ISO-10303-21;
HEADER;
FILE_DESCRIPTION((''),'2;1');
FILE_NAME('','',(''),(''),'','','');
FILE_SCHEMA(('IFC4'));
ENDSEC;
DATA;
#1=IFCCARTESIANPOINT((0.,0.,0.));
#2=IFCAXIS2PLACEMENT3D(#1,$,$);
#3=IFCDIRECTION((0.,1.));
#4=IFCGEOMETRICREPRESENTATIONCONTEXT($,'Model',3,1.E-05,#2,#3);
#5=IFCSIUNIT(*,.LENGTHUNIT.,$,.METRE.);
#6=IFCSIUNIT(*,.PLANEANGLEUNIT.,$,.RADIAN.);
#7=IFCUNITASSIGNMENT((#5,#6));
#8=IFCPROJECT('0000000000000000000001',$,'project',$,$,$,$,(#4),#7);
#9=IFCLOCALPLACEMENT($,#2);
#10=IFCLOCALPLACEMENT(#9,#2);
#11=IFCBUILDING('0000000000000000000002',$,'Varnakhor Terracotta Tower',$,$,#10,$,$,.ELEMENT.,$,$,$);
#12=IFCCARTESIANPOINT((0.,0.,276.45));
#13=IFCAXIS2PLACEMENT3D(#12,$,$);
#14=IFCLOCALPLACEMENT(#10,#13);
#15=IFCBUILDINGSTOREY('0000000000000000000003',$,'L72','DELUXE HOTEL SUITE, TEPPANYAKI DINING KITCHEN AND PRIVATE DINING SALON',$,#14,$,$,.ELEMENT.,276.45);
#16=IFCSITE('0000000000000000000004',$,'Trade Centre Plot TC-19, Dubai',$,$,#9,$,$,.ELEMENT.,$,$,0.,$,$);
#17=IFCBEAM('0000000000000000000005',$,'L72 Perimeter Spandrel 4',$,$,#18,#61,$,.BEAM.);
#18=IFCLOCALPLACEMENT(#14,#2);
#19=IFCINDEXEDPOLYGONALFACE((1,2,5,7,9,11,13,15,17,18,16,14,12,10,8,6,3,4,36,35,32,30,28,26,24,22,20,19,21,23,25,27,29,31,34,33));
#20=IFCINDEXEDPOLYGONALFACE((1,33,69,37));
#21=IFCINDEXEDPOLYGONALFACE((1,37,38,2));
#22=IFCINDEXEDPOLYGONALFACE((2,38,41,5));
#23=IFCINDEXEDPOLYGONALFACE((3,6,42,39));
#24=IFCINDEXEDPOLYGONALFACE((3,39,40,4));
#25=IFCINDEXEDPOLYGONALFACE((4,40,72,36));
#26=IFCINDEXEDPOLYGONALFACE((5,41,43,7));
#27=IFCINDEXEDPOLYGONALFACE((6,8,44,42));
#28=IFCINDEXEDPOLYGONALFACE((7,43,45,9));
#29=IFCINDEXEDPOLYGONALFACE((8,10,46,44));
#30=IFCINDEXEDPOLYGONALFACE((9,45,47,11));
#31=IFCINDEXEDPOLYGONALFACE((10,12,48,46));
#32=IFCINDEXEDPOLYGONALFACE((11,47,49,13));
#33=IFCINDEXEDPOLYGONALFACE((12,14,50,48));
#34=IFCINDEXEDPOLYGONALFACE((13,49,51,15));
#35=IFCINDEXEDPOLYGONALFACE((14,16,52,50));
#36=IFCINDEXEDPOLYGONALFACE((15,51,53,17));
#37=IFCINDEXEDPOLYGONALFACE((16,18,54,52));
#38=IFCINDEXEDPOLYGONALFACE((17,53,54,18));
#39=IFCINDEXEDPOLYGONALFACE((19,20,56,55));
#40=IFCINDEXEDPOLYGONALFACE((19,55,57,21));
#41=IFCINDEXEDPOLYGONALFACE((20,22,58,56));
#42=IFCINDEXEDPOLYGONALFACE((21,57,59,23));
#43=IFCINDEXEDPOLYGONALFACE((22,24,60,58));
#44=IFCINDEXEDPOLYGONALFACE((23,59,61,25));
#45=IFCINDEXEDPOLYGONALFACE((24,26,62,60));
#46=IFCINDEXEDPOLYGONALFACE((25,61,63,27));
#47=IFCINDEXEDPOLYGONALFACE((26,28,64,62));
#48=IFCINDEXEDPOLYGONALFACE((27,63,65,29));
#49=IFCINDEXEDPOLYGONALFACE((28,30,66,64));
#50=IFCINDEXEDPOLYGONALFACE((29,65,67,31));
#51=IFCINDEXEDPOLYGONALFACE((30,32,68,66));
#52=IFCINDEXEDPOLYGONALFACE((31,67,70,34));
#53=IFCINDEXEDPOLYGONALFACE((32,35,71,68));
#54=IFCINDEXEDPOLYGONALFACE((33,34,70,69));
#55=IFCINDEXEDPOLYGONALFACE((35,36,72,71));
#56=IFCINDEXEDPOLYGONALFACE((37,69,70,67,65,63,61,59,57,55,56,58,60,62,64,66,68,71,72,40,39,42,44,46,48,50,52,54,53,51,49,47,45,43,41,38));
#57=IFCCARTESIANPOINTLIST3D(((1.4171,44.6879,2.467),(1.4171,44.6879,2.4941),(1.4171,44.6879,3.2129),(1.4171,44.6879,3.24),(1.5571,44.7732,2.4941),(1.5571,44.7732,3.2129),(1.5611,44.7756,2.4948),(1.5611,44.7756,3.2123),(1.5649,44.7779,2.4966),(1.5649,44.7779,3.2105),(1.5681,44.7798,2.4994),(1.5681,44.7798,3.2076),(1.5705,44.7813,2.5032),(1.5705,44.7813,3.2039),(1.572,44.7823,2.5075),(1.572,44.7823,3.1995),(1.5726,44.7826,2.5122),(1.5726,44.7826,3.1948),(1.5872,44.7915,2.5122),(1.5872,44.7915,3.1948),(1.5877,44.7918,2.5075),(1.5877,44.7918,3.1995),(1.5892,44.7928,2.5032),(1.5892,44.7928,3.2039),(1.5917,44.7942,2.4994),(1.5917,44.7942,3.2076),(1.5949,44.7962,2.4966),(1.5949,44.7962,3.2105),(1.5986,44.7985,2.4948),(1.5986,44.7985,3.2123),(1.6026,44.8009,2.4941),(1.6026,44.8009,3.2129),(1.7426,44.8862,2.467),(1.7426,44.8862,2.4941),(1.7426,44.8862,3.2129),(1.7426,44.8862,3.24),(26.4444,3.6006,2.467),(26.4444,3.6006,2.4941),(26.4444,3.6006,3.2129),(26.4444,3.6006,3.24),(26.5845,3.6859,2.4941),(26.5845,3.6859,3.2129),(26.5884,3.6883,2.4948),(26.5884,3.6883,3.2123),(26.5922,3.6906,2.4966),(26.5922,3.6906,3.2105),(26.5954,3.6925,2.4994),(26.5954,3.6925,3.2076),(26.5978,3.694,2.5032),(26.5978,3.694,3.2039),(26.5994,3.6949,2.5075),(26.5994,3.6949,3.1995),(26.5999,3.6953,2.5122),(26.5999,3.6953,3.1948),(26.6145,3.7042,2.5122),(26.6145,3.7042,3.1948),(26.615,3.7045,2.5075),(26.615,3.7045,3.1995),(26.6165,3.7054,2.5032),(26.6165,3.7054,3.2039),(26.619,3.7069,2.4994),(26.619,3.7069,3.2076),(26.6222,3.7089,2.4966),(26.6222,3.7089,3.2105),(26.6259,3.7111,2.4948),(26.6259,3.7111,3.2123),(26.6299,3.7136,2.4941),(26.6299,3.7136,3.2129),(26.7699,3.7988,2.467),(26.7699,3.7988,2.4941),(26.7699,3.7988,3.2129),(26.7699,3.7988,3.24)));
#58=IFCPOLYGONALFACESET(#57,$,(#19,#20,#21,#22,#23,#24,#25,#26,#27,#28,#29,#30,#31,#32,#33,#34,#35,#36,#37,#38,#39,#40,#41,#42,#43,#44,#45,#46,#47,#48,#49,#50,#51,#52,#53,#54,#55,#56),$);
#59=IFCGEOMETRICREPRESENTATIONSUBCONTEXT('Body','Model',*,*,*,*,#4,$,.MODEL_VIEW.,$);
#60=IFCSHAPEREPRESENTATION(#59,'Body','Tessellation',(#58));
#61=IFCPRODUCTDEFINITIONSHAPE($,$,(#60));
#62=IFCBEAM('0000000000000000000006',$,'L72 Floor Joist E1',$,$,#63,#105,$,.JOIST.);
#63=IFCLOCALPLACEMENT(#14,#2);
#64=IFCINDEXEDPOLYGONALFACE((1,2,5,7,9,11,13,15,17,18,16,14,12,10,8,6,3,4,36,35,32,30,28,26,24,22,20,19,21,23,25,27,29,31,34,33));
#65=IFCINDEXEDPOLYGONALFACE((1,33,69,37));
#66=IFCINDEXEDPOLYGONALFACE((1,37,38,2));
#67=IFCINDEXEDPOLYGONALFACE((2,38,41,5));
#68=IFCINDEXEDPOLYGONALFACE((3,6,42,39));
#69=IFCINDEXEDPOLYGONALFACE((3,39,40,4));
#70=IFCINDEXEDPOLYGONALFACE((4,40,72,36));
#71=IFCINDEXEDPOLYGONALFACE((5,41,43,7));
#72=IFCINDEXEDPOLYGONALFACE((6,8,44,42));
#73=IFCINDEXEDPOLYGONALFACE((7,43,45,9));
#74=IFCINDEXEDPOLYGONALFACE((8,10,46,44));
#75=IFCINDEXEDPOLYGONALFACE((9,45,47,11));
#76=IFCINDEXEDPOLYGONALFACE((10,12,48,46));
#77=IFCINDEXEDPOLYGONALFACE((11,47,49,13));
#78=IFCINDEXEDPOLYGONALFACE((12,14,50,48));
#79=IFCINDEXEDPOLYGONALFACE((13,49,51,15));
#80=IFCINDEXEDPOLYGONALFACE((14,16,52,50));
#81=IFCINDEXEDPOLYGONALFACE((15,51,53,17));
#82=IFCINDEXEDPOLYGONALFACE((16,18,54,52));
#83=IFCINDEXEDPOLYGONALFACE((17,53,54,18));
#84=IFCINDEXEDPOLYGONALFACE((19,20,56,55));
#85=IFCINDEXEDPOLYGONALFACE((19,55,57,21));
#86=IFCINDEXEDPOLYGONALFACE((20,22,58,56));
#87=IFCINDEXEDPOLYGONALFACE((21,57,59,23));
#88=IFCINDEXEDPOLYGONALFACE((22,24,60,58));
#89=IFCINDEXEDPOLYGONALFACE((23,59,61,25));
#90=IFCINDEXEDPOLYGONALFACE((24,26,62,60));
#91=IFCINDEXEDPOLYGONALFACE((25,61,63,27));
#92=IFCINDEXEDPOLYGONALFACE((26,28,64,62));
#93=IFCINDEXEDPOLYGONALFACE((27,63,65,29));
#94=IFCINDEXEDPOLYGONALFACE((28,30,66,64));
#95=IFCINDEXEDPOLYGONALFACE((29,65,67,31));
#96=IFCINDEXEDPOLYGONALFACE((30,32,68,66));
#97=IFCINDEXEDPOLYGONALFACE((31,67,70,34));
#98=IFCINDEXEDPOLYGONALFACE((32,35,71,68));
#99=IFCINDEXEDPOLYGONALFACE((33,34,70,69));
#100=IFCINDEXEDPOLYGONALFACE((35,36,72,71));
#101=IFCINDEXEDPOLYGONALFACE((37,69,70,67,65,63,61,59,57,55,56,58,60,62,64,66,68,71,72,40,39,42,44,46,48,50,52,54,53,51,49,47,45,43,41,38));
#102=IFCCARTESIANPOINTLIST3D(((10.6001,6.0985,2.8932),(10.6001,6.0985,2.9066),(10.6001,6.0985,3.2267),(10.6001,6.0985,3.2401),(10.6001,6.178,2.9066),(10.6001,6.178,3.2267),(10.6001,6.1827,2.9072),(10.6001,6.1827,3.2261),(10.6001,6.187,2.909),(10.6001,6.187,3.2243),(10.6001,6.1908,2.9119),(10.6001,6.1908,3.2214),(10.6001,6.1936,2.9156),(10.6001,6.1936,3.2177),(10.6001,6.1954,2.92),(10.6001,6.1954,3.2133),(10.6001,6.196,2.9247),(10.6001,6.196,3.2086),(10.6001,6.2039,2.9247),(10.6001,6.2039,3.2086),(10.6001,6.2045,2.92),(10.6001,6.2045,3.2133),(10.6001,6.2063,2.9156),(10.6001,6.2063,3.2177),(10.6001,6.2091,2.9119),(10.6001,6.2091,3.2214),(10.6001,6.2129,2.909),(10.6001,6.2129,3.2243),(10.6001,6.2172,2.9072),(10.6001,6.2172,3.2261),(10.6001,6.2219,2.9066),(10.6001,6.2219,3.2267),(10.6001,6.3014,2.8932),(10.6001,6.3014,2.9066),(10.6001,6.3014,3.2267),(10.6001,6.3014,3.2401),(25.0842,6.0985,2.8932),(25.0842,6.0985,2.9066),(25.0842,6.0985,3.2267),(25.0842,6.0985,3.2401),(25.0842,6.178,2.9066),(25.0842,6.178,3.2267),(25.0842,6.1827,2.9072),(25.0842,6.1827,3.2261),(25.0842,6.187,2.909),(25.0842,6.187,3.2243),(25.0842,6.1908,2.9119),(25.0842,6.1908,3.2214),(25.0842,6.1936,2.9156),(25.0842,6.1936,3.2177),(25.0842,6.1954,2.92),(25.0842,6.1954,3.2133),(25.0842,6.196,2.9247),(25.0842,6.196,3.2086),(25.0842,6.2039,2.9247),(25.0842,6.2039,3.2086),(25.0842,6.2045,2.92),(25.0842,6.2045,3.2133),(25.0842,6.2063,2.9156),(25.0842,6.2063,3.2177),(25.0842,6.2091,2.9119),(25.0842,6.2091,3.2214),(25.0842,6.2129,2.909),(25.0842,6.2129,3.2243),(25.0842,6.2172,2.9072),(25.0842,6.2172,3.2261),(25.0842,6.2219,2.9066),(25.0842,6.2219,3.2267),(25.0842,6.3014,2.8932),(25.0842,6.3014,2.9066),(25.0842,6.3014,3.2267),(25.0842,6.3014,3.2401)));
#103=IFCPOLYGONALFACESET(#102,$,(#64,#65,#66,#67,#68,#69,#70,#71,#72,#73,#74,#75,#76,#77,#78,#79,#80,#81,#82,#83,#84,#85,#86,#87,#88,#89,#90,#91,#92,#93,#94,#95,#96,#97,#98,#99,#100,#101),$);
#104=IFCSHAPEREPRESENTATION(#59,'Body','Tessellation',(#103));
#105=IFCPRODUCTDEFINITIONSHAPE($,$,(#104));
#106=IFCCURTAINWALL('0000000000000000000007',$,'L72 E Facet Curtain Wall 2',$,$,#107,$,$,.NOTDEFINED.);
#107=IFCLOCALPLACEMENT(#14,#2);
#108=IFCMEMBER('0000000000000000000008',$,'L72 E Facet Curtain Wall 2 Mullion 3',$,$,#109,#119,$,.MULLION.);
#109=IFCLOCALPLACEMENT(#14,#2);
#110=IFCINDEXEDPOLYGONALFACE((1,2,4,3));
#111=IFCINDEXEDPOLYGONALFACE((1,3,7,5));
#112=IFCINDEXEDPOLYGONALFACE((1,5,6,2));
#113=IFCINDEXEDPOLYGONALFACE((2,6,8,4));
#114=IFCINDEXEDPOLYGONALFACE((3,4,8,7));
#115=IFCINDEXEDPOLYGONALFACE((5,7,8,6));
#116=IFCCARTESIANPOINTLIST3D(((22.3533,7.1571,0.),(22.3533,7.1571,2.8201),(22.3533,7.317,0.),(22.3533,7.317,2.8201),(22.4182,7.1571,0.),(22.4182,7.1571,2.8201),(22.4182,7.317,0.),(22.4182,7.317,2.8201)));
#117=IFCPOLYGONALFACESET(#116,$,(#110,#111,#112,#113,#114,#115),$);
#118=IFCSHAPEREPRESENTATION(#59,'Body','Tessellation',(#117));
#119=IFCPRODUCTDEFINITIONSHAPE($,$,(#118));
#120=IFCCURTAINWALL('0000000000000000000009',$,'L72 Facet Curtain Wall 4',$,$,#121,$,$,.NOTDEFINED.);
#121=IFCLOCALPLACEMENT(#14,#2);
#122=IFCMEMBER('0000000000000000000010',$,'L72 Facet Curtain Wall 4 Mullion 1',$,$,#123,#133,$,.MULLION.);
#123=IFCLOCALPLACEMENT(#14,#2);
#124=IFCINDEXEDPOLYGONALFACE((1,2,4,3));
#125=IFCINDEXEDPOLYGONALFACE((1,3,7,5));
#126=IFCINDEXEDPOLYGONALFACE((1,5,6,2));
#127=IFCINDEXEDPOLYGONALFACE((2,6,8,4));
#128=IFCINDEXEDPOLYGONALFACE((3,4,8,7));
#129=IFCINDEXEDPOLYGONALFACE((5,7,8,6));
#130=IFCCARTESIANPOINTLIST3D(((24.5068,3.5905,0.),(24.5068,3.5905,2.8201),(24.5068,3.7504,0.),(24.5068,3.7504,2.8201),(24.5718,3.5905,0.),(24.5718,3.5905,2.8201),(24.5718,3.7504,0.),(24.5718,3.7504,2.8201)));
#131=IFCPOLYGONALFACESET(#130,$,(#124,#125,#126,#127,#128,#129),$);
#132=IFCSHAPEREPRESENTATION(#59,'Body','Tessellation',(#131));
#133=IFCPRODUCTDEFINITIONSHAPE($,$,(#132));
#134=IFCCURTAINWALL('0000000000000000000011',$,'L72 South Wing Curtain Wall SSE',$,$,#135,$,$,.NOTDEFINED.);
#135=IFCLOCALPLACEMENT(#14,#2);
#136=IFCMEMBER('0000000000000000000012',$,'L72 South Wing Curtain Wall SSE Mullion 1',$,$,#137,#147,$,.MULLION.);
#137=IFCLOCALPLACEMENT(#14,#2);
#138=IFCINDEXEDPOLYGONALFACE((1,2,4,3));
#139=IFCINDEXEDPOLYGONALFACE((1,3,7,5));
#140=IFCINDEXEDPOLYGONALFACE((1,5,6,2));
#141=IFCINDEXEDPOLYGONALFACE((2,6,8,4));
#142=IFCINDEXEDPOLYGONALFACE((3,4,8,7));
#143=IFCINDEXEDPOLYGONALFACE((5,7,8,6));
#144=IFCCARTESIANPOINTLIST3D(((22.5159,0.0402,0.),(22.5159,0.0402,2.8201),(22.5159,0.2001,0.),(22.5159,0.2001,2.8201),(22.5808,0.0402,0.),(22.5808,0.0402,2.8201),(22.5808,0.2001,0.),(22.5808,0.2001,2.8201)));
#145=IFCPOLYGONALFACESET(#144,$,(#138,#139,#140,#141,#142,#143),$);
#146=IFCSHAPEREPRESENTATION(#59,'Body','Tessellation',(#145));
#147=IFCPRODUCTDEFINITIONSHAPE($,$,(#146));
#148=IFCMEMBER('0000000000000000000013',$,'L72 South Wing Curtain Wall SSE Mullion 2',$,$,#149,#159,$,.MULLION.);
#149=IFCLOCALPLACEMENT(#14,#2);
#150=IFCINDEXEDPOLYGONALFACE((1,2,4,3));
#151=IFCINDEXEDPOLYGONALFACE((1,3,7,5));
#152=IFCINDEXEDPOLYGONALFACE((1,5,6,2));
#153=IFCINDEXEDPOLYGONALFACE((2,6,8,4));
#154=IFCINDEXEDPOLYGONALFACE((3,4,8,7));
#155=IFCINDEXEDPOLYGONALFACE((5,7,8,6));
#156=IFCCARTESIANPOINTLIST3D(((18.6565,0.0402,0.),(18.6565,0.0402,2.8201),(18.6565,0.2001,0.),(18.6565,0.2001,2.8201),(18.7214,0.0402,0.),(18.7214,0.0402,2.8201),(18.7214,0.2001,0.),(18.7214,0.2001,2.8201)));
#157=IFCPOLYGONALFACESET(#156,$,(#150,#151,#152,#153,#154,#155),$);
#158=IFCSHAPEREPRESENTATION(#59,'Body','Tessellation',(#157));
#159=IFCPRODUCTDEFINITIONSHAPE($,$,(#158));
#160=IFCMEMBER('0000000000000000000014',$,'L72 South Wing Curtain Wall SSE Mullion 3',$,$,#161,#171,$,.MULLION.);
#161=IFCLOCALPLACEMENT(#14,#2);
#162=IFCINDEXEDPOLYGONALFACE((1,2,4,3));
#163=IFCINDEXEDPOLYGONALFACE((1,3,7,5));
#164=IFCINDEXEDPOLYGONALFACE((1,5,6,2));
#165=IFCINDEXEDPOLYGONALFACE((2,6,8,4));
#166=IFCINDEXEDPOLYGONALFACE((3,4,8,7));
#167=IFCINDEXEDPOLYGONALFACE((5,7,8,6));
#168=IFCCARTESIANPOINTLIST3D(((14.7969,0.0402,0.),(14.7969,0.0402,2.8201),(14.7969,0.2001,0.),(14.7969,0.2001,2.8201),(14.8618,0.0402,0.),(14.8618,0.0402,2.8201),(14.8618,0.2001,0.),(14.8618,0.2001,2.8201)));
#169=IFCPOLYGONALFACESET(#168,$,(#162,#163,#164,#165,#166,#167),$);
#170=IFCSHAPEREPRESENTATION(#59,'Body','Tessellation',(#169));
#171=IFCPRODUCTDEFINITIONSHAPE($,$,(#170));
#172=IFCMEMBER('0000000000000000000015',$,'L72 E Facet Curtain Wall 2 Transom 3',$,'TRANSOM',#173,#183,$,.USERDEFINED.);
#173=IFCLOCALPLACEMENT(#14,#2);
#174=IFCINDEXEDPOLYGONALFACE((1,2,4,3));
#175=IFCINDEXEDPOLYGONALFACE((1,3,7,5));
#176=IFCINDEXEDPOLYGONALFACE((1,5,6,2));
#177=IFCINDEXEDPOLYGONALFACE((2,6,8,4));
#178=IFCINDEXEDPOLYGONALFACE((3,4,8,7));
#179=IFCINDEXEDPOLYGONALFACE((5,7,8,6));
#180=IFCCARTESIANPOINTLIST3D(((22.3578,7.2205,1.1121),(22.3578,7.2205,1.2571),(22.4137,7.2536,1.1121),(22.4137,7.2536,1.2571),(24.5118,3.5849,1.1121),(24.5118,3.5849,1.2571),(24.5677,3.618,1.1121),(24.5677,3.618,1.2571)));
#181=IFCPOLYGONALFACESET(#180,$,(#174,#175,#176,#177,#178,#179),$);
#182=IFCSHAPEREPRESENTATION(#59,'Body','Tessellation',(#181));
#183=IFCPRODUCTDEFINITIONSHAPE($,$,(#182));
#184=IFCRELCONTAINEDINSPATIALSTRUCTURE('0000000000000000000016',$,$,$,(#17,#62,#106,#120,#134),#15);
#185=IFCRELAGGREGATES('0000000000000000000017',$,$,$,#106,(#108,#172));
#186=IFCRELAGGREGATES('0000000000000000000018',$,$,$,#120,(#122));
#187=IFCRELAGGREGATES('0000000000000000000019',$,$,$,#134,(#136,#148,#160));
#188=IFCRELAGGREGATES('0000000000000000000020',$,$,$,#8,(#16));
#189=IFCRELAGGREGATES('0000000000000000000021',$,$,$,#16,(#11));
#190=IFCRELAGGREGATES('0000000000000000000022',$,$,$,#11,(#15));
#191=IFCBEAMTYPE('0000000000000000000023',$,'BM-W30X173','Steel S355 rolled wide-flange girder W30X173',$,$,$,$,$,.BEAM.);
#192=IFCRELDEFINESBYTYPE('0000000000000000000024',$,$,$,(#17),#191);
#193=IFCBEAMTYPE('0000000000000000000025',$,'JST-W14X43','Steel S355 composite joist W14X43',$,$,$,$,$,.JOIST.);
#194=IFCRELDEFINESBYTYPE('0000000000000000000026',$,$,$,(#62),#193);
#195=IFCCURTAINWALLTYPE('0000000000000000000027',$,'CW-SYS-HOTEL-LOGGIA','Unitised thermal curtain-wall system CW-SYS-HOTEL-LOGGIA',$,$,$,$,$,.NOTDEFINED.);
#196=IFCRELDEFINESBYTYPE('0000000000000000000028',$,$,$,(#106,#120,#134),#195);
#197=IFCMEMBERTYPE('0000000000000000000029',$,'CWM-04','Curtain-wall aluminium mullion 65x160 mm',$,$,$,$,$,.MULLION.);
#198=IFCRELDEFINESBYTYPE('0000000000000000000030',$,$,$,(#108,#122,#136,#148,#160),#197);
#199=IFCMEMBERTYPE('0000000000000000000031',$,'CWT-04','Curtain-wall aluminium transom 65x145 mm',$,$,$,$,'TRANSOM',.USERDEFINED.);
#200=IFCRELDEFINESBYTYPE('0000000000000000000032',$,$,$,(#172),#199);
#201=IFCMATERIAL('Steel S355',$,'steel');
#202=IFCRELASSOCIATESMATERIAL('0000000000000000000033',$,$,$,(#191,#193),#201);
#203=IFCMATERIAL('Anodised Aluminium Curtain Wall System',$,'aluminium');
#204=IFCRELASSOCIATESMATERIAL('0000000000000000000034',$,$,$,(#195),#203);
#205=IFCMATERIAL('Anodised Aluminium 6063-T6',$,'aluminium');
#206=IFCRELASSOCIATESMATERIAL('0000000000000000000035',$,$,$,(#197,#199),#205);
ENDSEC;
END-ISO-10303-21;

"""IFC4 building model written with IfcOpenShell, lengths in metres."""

from ifc_helpers import new_model, si_unit, direction, frame, origin, origin_2d, place, context, subcontext, project, spatial, rectangle, i_section, extrude, source, transform, mapped, material, material_profile, profile_set, type_object, type_shapes, element, aggregate, save


model = new_model("IFC4")

# Units and contexts
model_context = context("Model", 3, precision=1e-05, world=origin(), true_north=direction((0.0, 1.0)))
body_context = subcontext(model_context, "Body", "Model", "MODEL_VIEW")
ifc_project = project(units=[si_unit("LENGTHUNIT", "METRE"), si_unit("PLANEANGLEUNIT", "RADIAN")], contexts=[model_context])

# Site, building, storey
site_placement = place(None, origin())
site = spatial("IfcSite", under=ifc_project, at=site_placement, Name="Trade Centre Plot TC-19, Dubai", CompositionType="ELEMENT", RefElevation=0.0)
building_placement = place(site_placement, origin())
building = spatial("IfcBuilding", under=site, at=building_placement, Name="Varnakhor Terracotta Tower", CompositionType="ELEMENT")
storey_placement = place(building_placement, frame((0.0, 0.0, 276.45)))
storey = spatial("IfcBuildingStorey", under=building, at=storey_placement, Name="L72", Description="DELUXE HOTEL SUITE, TEPPANYAKI DINING KITCHEN AND PRIVATE DINING SALON", CompositionType="ELEMENT", Elevation=276.45)

# Shared definitions
ifc_material_1 = material(Name="Steel S355", Category="steel")

# Beams
ifc_material_profile_1 = material_profile(ifc_material_1, i_section(OverallWidth=0.3811, OverallDepth=0.7729, WebThickness=0.0171, FlangeThickness=0.0271, FilletRadius=0.0181, at=origin_2d()), Name="W30X173")
ifc_profile_set_1 = profile_set([ifc_material_profile_1], Name="Steel S355")
beam_type_1 = type_object("IfcBeamType", Name="BM-W30X173", Description="Steel S355 rolled wide-flange girder W30X173", PredefinedType="BEAM", material=ifc_profile_set_1)
shared_shape_1 = source(origin(), body_context, "Body", "SweptSolid", [
    extrude(i_section(OverallWidth=0.3811, OverallDepth=0.7729, WebThickness=0.0171, FlangeThickness=0.0271, FilletRadius=0.0181, at=origin_2d()), origin(), (0.0, 0.0, 1.0), 48.1096),
])
beam_1_placement = place(storey_placement, frame((26.6072, 3.6997, 2.8535), z_axis=(-0.520214, 0.854036, 0.0), x_axis=(-0.854036, -0.520214, 0.0)))
element("IfcBeam", 1, at=beam_1_placement, inside=storey, type_object=beam_type_1, Name="L72 Perimeter Spandrel 4", PredefinedType="BEAM", context=body_context, shape_type="MappedRepresentation", body=[
    mapped(shared_shape_1, transform((0.0, 0.0, 0.0), scale=1.0)),
])
ifc_material_profile_2 = material_profile(ifc_material_1, i_section(OverallWidth=0.2029, OverallDepth=0.3469, WebThickness=0.0078, FlangeThickness=0.0134, FilletRadius=0.0181, at=origin_2d()), Name="W14X43")
ifc_profile_set_2 = profile_set([ifc_material_profile_2], Name="Steel S355")
beam_type_2 = type_object("IfcBeamType", Name="JST-W14X43", Description="Steel S355 composite joist W14X43", PredefinedType="JOIST", material=ifc_profile_set_2)
shared_shape_2 = source(origin(), body_context, "Body", "SweptSolid", [
    extrude(i_section(OverallWidth=0.2029, OverallDepth=0.3469, WebThickness=0.0078, FlangeThickness=0.0134, FilletRadius=0.0181, at=origin_2d()), origin(), (0.0, 0.0, 1.0), 14.4841),
])
beam_2_placement = place(storey_placement, frame((10.6001, 6.2, 3.0667), z_axis=(1.0, 0.0, 0.0), x_axis=(0.0, 1.0, 0.0)))
element("IfcBeam", 2, at=beam_2_placement, inside=storey, type_object=beam_type_2, Name="L72 Floor Joist E1", PredefinedType="JOIST", context=body_context, shape_type="MappedRepresentation", body=[
    mapped(shared_shape_2, transform((0.0, 0.0, 0.0), scale=1.0)),
])

# Curtain walls, members
ifc_material_2 = material(Name="Anodised Aluminium Curtain Wall System", Category="aluminium")
curtain_wall_type = type_object("IfcCurtainWallType", Name="CW-SYS-HOTEL-LOGGIA", Description="Unitised thermal curtain-wall system CW-SYS-HOTEL-LOGGIA", PredefinedType="NOTDEFINED", material=ifc_material_2)
curtain_wall_1_placement = place(storey_placement, origin())
curtain_wall_1 = element("IfcCurtainWall", 3, at=curtain_wall_1_placement, inside=storey, type_object=curtain_wall_type, Name="L72 E Facet Curtain Wall 2", PredefinedType="NOTDEFINED")
ifc_material_3 = material(Name="Anodised Aluminium 6063-T6", Category="aluminium")
ifc_material_profile_3 = material_profile(ifc_material_3, rectangle(XDim=0.0649, YDim=0.1599, at=origin_2d()), Name="ALU MULLION 65x160")
ifc_profile_set_3 = profile_set([ifc_material_profile_3], Name="Anodised Aluminium 6063-T6")
member_type_1 = type_object("IfcMemberType", Name="CWM-04", Description="Curtain-wall aluminium mullion 65x160 mm", PredefinedType="MULLION", material=ifc_profile_set_3)
shared_shape_3 = source(origin(), body_context, "Body", "SweptSolid", [
    extrude(rectangle(XDim=0.0649, YDim=0.1599, at=origin_2d()), origin(), (0.0, 0.0, 1.0), 2.8201),
])
type_shapes(member_type_1, [shared_shape_3])
member_1_placement = place(storey_placement, frame((22.3857, 7.2371, 0.0), z_axis=(0.0, 0.0, 1.0), x_axis=(1.0, 0.0, 0.0)))
member_1 = element("IfcMember", 4, at=member_1_placement, type_object=member_type_1, Name="L72 E Facet Curtain Wall 2 Mullion 3", PredefinedType="MULLION", context=body_context, shape_type="MappedRepresentation", body=[
    mapped(shared_shape_3, transform((0.0, 0.0, 0.0), scale=1.0)),
])
curtain_wall_2_placement = place(storey_placement, origin())
curtain_wall_2 = element("IfcCurtainWall", 5, at=curtain_wall_2_placement, inside=storey, type_object=curtain_wall_type, Name="L72 Facet Curtain Wall 4", PredefinedType="NOTDEFINED")
member_2_placement = place(storey_placement, frame((24.5393, 3.6704, 0.0), z_axis=(0.0, 0.0, 1.0), x_axis=(1.0, 0.0, 0.0)))
member_2 = element("IfcMember", 6, at=member_2_placement, type_object=member_type_1, Name="L72 Facet Curtain Wall 4 Mullion 1", PredefinedType="MULLION", context=body_context, shape_type="MappedRepresentation", body=[
    mapped(shared_shape_3, transform((0.0, 0.0, 0.0), scale=1.0)),
])

# Curtain wall, members
curtain_wall_3_placement = place(storey_placement, origin())
curtain_wall_3 = element("IfcCurtainWall", 7, at=curtain_wall_3_placement, inside=storey, type_object=curtain_wall_type, Name="L72 South Wing Curtain Wall SSE", PredefinedType="NOTDEFINED")
member_3_placement = place(storey_placement, frame((22.5483, 0.1201, 0.0), z_axis=(0.0, 0.0, 1.0), x_axis=(1.0, 0.0, 0.0)))
member_3 = element("IfcMember", 8, at=member_3_placement, type_object=member_type_1, Name="L72 South Wing Curtain Wall SSE Mullion 1", PredefinedType="MULLION", context=body_context, shape_type="MappedRepresentation", body=[
    mapped(shared_shape_3, transform((0.0, 0.0, 0.0), scale=1.0)),
])
member_4_placement = place(storey_placement, frame((18.689, 0.1201, 0.0), z_axis=(0.0, 0.0, 1.0), x_axis=(1.0, 0.0, 0.0)))
member_4 = element("IfcMember", 9, at=member_4_placement, type_object=member_type_1, Name="L72 South Wing Curtain Wall SSE Mullion 2", PredefinedType="MULLION", context=body_context, shape_type="MappedRepresentation", body=[
    mapped(shared_shape_3, transform((0.0, 0.0, 0.0), scale=1.0)),
])
member_5_placement = place(storey_placement, frame((14.8293, 0.1201, 0.0), z_axis=(0.0, 0.0, 1.0), x_axis=(1.0, 0.0, 0.0)))
member_5 = element("IfcMember", 10, at=member_5_placement, type_object=member_type_1, Name="L72 South Wing Curtain Wall SSE Mullion 3", PredefinedType="MULLION", context=body_context, shape_type="MappedRepresentation", body=[
    mapped(shared_shape_3, transform((0.0, 0.0, 0.0), scale=1.0)),
])

# Member
ifc_material_profile_4 = material_profile(ifc_material_3, rectangle(XDim=0.0649, YDim=0.145, at=origin_2d()), Name="ALU TRANSOM 65x145")
ifc_profile_set_4 = profile_set([ifc_material_profile_4], Name="Anodised Aluminium 6063-T6")
member_type_2 = type_object("IfcMemberType", Name="CWT-04", Description="Curtain-wall aluminium transom 65x145 mm", ElementType="TRANSOM", PredefinedType="USERDEFINED", material=ifc_profile_set_4)
shared_shape_4 = source(origin(), body_context, "Body", "SweptSolid", [
    extrude(rectangle(XDim=0.0649, YDim=0.145, at=origin_2d()), origin(), (0.0, 0.0, 1.0), 4.2258),
])
member_6_placement = place(storey_placement, frame((22.3857, 7.2371, 1.1846), z_axis=(0.509722, -0.860339, 0.0), x_axis=(0.860339, 0.509722, 0.0)))
member_6 = element("IfcMember", 11, at=member_6_placement, type_object=member_type_2, Name="L72 E Facet Curtain Wall 2 Transom 3", ObjectType="TRANSOM", PredefinedType="USERDEFINED", context=body_context, shape_type="MappedRepresentation", body=[
    mapped(shared_shape_4, transform((0.0, 0.0, 0.0), scale=1.0)),
])

aggregate(curtain_wall_1, [member_1, member_6])
aggregate(curtain_wall_2, [member_2])
aggregate(curtain_wall_3, [member_3, member_4, member_5])

save(model, "model.ifc")
